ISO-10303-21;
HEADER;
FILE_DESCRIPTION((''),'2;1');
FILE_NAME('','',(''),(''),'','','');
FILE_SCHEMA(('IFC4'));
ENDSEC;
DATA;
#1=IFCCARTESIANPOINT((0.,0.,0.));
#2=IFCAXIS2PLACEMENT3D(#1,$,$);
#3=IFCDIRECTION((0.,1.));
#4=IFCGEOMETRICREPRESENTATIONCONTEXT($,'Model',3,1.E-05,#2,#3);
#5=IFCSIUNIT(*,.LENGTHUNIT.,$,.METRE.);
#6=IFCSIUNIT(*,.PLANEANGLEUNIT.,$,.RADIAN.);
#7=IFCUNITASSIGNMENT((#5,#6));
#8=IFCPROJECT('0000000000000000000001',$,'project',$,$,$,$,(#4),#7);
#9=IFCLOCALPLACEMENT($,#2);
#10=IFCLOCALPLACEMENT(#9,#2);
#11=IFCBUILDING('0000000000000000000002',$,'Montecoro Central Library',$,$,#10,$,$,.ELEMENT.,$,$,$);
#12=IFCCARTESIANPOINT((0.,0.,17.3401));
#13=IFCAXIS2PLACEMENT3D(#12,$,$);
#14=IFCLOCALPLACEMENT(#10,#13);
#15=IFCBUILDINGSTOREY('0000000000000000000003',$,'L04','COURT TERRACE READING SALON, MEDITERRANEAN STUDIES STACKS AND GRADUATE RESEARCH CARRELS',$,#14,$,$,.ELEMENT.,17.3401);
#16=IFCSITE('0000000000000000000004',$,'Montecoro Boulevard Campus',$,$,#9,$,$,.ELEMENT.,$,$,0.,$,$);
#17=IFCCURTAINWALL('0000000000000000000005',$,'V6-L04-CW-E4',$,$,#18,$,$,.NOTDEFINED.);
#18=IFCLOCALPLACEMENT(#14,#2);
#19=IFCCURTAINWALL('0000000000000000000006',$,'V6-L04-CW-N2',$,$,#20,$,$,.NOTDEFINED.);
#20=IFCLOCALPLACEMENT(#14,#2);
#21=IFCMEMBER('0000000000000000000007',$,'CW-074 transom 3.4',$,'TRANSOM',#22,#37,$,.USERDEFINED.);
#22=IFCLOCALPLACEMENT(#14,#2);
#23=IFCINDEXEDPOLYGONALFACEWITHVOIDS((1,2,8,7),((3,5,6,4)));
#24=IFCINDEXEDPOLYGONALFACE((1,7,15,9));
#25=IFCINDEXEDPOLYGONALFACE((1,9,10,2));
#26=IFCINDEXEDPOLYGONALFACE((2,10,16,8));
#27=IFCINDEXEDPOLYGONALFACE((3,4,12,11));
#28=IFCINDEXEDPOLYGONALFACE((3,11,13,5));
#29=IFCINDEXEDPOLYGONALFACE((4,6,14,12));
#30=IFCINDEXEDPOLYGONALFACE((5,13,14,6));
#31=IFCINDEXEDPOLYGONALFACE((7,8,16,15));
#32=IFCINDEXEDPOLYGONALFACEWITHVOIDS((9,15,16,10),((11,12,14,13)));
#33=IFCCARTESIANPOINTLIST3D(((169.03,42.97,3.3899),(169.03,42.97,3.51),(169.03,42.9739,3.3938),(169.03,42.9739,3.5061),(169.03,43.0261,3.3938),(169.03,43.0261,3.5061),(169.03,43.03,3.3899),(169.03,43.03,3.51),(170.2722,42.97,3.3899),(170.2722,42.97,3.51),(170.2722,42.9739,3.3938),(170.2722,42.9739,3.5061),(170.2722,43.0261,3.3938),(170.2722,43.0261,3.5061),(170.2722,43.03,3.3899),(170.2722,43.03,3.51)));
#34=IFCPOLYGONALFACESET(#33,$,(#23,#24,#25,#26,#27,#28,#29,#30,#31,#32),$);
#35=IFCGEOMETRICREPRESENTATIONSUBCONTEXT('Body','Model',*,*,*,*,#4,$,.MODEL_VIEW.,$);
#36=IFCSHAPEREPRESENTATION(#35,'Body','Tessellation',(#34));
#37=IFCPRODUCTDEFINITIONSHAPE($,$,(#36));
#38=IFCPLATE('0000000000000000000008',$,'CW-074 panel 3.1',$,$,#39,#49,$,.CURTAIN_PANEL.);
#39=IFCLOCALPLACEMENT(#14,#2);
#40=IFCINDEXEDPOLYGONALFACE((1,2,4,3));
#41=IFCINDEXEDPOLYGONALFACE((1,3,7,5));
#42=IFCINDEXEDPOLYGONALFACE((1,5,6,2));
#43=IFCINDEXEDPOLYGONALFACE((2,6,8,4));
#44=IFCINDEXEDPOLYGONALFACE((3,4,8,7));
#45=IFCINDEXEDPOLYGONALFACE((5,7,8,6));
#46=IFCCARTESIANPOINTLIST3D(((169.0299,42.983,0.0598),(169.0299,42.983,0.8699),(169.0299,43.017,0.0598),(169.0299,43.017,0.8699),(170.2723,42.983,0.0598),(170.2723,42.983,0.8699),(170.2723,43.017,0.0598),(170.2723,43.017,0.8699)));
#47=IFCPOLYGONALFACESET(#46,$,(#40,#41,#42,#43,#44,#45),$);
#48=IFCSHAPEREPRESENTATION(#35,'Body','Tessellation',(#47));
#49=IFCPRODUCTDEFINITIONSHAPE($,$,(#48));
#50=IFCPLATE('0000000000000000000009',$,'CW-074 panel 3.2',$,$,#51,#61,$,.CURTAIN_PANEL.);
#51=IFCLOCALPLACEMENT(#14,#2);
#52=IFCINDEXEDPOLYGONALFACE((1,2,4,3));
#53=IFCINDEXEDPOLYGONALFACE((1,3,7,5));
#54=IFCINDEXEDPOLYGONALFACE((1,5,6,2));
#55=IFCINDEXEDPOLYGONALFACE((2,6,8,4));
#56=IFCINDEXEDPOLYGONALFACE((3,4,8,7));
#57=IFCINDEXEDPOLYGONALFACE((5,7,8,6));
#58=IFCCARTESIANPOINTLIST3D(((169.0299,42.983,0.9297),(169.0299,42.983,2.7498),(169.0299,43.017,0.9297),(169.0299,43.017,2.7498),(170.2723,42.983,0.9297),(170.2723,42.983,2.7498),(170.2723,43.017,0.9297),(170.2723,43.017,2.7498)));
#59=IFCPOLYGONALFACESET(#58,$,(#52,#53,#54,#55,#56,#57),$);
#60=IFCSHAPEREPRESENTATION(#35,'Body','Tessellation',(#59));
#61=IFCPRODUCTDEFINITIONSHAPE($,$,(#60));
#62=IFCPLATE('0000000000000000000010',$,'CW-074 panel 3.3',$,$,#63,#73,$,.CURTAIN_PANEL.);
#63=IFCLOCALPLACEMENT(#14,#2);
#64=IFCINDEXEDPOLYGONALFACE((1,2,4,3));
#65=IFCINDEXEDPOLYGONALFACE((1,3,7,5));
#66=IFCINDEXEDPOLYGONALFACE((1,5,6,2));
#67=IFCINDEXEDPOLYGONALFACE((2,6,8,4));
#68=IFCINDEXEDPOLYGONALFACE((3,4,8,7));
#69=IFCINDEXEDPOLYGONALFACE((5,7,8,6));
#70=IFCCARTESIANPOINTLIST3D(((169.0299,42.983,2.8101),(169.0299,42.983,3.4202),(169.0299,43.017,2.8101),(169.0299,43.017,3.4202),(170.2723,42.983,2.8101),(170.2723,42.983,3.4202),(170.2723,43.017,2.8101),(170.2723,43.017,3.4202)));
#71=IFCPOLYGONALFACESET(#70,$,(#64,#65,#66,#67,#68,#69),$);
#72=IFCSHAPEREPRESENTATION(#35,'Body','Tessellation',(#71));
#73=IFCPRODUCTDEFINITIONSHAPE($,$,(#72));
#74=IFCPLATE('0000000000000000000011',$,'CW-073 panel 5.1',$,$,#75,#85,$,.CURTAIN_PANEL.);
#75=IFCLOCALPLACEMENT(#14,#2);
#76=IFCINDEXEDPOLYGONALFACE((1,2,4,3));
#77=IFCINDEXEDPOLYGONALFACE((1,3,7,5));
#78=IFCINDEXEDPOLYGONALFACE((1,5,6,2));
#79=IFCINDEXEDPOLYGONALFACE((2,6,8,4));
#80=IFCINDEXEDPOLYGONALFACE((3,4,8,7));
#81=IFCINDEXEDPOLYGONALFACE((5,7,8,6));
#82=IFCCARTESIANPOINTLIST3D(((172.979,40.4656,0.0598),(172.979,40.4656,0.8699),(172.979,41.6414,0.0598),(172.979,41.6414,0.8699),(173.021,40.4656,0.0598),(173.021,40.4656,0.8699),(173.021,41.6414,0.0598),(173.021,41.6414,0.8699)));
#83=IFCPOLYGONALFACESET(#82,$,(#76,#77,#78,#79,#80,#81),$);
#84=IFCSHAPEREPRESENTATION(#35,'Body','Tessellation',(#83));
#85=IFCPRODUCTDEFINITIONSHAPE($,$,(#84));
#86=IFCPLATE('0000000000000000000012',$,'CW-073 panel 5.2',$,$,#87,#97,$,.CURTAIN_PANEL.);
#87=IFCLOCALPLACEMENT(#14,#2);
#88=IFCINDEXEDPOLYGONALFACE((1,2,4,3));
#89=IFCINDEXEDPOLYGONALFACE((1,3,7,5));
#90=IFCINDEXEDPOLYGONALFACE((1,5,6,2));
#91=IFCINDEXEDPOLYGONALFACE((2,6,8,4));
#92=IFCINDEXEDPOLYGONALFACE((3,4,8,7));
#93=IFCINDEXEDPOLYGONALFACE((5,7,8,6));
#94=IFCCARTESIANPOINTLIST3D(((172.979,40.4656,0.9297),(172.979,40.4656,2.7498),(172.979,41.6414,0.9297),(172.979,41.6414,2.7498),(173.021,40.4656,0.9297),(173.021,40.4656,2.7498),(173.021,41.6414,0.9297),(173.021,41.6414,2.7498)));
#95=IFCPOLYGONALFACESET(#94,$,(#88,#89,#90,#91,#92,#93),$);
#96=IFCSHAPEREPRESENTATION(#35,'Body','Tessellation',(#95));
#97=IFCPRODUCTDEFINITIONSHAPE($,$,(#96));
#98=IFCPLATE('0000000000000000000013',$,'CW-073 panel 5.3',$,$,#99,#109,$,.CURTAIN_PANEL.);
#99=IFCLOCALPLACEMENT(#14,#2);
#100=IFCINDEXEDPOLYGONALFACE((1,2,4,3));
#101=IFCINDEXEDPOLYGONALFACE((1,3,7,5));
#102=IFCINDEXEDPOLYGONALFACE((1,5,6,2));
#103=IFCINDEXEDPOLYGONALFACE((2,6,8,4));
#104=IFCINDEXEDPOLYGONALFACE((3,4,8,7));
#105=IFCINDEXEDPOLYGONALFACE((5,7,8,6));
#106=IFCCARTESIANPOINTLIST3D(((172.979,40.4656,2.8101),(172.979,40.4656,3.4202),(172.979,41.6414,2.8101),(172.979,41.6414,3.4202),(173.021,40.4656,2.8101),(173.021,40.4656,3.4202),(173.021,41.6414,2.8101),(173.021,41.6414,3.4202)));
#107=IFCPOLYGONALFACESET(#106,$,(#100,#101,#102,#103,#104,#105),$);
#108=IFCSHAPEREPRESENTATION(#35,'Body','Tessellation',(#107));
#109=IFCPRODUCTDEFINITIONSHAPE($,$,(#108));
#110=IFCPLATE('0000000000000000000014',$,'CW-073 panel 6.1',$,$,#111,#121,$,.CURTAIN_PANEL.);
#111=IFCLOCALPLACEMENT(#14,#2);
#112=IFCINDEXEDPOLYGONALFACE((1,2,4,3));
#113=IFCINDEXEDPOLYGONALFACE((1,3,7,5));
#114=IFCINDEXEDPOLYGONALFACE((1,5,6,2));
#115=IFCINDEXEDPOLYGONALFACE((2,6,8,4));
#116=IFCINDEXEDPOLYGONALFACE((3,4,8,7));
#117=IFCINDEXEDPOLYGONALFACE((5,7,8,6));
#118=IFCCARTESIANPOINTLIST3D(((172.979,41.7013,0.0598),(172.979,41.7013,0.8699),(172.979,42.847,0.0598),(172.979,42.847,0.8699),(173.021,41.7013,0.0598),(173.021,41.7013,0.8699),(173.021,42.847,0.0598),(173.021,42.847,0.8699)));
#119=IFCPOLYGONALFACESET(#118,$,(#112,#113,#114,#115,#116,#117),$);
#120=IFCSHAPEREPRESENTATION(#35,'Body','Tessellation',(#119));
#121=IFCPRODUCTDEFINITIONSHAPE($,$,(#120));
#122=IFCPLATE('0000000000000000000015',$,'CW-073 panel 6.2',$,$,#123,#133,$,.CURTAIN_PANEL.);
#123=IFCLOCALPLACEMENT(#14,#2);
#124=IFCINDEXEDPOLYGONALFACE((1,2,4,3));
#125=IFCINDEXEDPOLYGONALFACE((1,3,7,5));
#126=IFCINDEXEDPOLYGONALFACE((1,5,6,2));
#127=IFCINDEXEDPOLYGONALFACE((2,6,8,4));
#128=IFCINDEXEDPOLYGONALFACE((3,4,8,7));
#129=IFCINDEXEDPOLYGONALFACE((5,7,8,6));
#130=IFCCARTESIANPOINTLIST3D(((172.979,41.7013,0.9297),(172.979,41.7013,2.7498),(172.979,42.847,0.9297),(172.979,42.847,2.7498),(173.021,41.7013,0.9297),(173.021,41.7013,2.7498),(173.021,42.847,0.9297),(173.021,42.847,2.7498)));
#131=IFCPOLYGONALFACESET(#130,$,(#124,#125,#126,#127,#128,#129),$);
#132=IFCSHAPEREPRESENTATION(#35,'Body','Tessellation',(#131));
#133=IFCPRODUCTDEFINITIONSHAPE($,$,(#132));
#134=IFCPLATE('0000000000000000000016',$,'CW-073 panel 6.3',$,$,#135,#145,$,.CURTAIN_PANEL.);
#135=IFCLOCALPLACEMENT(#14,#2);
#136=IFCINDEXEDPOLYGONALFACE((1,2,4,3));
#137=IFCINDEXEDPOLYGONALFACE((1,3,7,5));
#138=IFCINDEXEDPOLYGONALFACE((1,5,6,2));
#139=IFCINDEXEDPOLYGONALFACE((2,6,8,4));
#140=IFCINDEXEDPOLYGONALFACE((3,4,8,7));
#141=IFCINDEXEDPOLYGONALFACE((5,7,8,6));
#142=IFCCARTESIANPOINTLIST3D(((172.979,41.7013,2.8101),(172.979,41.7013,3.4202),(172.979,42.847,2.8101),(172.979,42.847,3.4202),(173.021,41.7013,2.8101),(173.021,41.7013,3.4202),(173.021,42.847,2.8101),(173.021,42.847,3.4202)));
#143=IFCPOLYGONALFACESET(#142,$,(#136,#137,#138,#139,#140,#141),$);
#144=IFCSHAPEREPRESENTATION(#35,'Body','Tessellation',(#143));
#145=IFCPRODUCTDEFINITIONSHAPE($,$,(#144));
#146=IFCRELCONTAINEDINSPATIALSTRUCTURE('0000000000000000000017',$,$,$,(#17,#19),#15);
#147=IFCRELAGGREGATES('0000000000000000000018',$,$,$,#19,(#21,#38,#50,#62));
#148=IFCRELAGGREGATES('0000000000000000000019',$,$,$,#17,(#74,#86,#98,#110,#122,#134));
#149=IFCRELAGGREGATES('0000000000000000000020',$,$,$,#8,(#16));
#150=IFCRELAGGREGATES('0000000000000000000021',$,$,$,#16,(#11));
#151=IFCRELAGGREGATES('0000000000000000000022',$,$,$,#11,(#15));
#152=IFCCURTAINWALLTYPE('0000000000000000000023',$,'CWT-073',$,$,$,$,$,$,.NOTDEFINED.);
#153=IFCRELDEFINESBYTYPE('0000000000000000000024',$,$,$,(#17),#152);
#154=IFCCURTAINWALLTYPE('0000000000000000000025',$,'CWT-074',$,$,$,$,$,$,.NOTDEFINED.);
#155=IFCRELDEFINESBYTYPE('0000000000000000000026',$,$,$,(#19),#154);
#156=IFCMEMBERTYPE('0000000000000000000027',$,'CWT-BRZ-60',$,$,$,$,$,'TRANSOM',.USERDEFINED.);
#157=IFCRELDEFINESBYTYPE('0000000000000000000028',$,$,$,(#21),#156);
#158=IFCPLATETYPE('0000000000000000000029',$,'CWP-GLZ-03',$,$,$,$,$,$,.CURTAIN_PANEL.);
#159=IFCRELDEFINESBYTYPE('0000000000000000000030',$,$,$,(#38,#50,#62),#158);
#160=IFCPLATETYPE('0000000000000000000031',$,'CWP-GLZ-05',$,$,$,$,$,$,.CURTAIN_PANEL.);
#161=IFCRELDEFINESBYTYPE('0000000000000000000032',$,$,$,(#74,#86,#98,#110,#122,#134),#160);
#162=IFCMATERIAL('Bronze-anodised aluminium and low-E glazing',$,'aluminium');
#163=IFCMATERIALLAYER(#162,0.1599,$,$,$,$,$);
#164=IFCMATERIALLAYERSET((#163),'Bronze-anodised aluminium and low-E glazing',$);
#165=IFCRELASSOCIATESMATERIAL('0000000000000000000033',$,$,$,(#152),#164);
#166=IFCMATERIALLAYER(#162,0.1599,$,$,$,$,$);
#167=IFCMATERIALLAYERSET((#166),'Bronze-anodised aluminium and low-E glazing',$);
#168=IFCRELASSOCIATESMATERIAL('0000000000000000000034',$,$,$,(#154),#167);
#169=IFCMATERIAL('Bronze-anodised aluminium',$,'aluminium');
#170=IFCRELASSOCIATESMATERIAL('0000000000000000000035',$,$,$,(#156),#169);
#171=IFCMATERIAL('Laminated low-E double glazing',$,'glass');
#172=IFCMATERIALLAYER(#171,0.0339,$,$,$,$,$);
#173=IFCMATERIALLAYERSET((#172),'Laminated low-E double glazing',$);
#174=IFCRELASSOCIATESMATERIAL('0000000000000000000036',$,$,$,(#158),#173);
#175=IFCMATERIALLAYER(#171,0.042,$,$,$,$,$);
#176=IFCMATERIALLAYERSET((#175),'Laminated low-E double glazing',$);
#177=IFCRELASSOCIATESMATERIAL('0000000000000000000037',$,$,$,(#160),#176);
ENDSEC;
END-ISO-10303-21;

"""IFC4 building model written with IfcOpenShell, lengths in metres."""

from ifc_helpers import new_model, si_unit, direction, frame, origin, origin_2d, place, context, subcontext, project, spatial, rectangle, hollow_rectangle, extrude, material, layer, layer_set, material_profile, profile_set, type_object, element, aggregate, save


model = new_model("IFC4")

# Units and contexts
model_context = context("Model", 3, precision=1e-05, world=origin(), true_north=direction((0.0, 1.0)))
body_context = subcontext(model_context, "Body", "Model", "MODEL_VIEW")
ifc_project = project(units=[si_unit("LENGTHUNIT", "METRE"), si_unit("PLANEANGLEUNIT", "RADIAN")], contexts=[model_context])

# Site, building, storey
site_placement = place(None, origin())
site = spatial("IfcSite", under=ifc_project, at=site_placement, Name="Montecoro Boulevard Campus", CompositionType="ELEMENT", RefElevation=0.0)
building_placement = place(site_placement, origin())
building = spatial("IfcBuilding", under=site, at=building_placement, Name="Montecoro Central Library", CompositionType="ELEMENT")
storey_placement = place(building_placement, frame((0.0, 0.0, 17.3401)))
storey = spatial("IfcBuildingStorey", under=building, at=storey_placement, Name="L04", Description="COURT TERRACE READING SALON, MEDITERRANEAN STUDIES STACKS AND GRADUATE RESEARCH CARRELS", CompositionType="ELEMENT", Elevation=17.3401)

# Curtain walls
ifc_material_1 = material(Name="Bronze-anodised aluminium and low-E glazing", Category="aluminium")
ifc_layer_1 = layer(ifc_material_1, 0.1599)
ifc_layer_set_1 = layer_set([ifc_layer_1], Name="Bronze-anodised aluminium and low-E glazing")
curtain_wall_type_1 = type_object("IfcCurtainWallType", Name="CWT-073", PredefinedType="NOTDEFINED", material=ifc_layer_set_1)
curtain_wall_1_placement = place(storey_placement, origin())
curtain_wall_1 = element("IfcCurtainWall", 1, at=curtain_wall_1_placement, inside=storey, type_object=curtain_wall_type_1, Name="V6-L04-CW-E4", PredefinedType="NOTDEFINED")
ifc_material_2 = material(Name="Bronze-anodised aluminium", Category="aluminium")
ifc_layer_2 = layer(ifc_material_1, 0.1599)
ifc_layer_set_2 = layer_set([ifc_layer_2], Name="Bronze-anodised aluminium and low-E glazing")
curtain_wall_type_2 = type_object("IfcCurtainWallType", Name="CWT-074", PredefinedType="NOTDEFINED", material=ifc_layer_set_2)
curtain_wall_2_placement = place(storey_placement, origin())
curtain_wall_2 = element("IfcCurtainWall", 2, at=curtain_wall_2_placement, inside=storey, type_object=curtain_wall_type_2, Name="V6-L04-CW-N2", PredefinedType="NOTDEFINED")

# Member
ifc_material_profile_1 = material_profile(ifc_material_2, hollow_rectangle(XDim=0.0601, YDim=0.1201, WallThickness=0.0039, at=origin_2d()), Name="CWT 120x60x4.0")
ifc_profile_set_1 = profile_set([ifc_material_profile_1], Name="Bronze-anodised aluminium")
member_type_1 = type_object("IfcMemberType", Name="CWT-BRZ-60", ElementType="TRANSOM", PredefinedType="USERDEFINED", material=ifc_profile_set_1)
member_1_placement = place(storey_placement, frame((170.2722, 43.0, 3.45), z_axis=(-1.0, 0.0, 0.0), x_axis=(0.0, -1.0, 0.0)))
member_1 = element("IfcMember", 3, at=member_1_placement, type_object=member_type_1, Name="CW-074 transom 3.4", ObjectType="TRANSOM", PredefinedType="USERDEFINED", context=body_context, shape_type="SweptSolid", body=[
    extrude(hollow_rectangle(XDim=0.0601, YDim=0.1201, WallThickness=0.0039, at=origin_2d()), origin(), (0.0, 0.0, 1.0), 1.2422),
])

# Plates
ifc_material_3 = material(Name="Laminated low-E double glazing", Category="glass")
ifc_layer_3 = layer(ifc_material_3, 0.0339)
ifc_layer_set_3 = layer_set([ifc_layer_3], Name="Laminated low-E double glazing")
plate_type_1 = type_object("IfcPlateType", Name="CWP-GLZ-03", PredefinedType="CURTAIN_PANEL", material=ifc_layer_set_3)
plate_1_placement = place(storey_placement, frame((169.6511, 43.0, 0.0598), z_axis=(0.0, 0.0, 1.0), x_axis=(-1.0, 0.0, 0.0)))
plate_1 = element("IfcPlate", 4, at=plate_1_placement, type_object=plate_type_1, Name="CW-074 panel 3.1", PredefinedType="CURTAIN_PANEL", context=body_context, shape_type="SweptSolid", body=[
    extrude(rectangle(XDim=1.2424, YDim=0.0339, at=origin_2d()), origin(), (0.0, 0.0, 1.0), 0.8101),
])
plate_2_placement = place(storey_placement, frame((169.6511, 43.0, 0.9297), z_axis=(0.0, 0.0, 1.0), x_axis=(-1.0, 0.0, 0.0)))
plate_2 = element("IfcPlate", 5, at=plate_2_placement, type_object=plate_type_1, Name="CW-074 panel 3.2", PredefinedType="CURTAIN_PANEL", context=body_context, shape_type="SweptSolid", body=[
    extrude(rectangle(XDim=1.2424, YDim=0.0339, at=origin_2d()), origin(), (0.0, 0.0, 1.0), 1.8201),
])
plate_3_placement = place(storey_placement, frame((169.6511, 43.0, 2.8101), z_axis=(0.0, 0.0, 1.0), x_axis=(-1.0, 0.0, 0.0)))
plate_3 = element("IfcPlate", 6, at=plate_3_placement, type_object=plate_type_1, Name="CW-074 panel 3.3", PredefinedType="CURTAIN_PANEL", context=body_context, shape_type="SweptSolid", body=[
    extrude(rectangle(XDim=1.2424, YDim=0.0339, at=origin_2d()), origin(), (0.0, 0.0, 1.0), 0.6101),
])
aggregate(curtain_wall_2, [member_1, plate_1, plate_2, plate_3])
ifc_layer_4 = layer(ifc_material_3, 0.042)
ifc_layer_set_4 = layer_set([ifc_layer_4], Name="Laminated low-E double glazing")
plate_type_2 = type_object("IfcPlateType", Name="CWP-GLZ-05", PredefinedType="CURTAIN_PANEL", material=ifc_layer_set_4)
plate_4_placement = place(storey_placement, frame((173.0, 41.0535, 0.0598), z_axis=(0.0, 0.0, 1.0), x_axis=(0.0, 1.0, 0.0)))
plate_4 = element("IfcPlate", 7, at=plate_4_placement, type_object=plate_type_2, Name="CW-073 panel 5.1", PredefinedType="CURTAIN_PANEL", context=body_context, shape_type="SweptSolid", body=[
    extrude(rectangle(XDim=1.1758, YDim=0.042, at=origin_2d()), origin(), (0.0, 0.0, 1.0), 0.8101),
])
plate_5_placement = place(storey_placement, frame((173.0, 41.0535, 0.9297), z_axis=(0.0, 0.0, 1.0), x_axis=(0.0, 1.0, 0.0)))
plate_5 = element("IfcPlate", 8, at=plate_5_placement, type_object=plate_type_2, Name="CW-073 panel 5.2", PredefinedType="CURTAIN_PANEL", context=body_context, shape_type="SweptSolid", body=[
    extrude(rectangle(XDim=1.1758, YDim=0.042, at=origin_2d()), origin(), (0.0, 0.0, 1.0), 1.8201),
])
plate_6_placement = place(storey_placement, frame((173.0, 41.0535, 2.8101), z_axis=(0.0, 0.0, 1.0), x_axis=(0.0, 1.0, 0.0)))
plate_6 = element("IfcPlate", 9, at=plate_6_placement, type_object=plate_type_2, Name="CW-073 panel 5.3", PredefinedType="CURTAIN_PANEL", context=body_context, shape_type="SweptSolid", body=[
    extrude(rectangle(XDim=1.1758, YDim=0.042, at=origin_2d()), origin(), (0.0, 0.0, 1.0), 0.6101),
])
plate_7_placement = place(storey_placement, frame((173.0, 42.2742, 0.0598), z_axis=(0.0, 0.0, 1.0), x_axis=(0.0, 1.0, 0.0)))
plate_7 = element("IfcPlate", 10, at=plate_7_placement, type_object=plate_type_2, Name="CW-073 panel 6.1", PredefinedType="CURTAIN_PANEL", context=body_context, shape_type="SweptSolid", body=[
    extrude(rectangle(XDim=1.1458, YDim=0.042, at=origin_2d()), origin(), (0.0, 0.0, 1.0), 0.8101),
])
plate_8_placement = place(storey_placement, frame((173.0, 42.2742, 0.9297), z_axis=(0.0, 0.0, 1.0), x_axis=(0.0, 1.0, 0.0)))
plate_8 = element("IfcPlate", 11, at=plate_8_placement, type_object=plate_type_2, Name="CW-073 panel 6.2", PredefinedType="CURTAIN_PANEL", context=body_context, shape_type="SweptSolid", body=[
    extrude(rectangle(XDim=1.1458, YDim=0.042, at=origin_2d()), origin(), (0.0, 0.0, 1.0), 1.8201),
])
plate_9_placement = place(storey_placement, frame((173.0, 42.2742, 2.8101), z_axis=(0.0, 0.0, 1.0), x_axis=(0.0, 1.0, 0.0)))
plate_9 = element("IfcPlate", 12, at=plate_9_placement, type_object=plate_type_2, Name="CW-073 panel 6.3", PredefinedType="CURTAIN_PANEL", context=body_context, shape_type="SweptSolid", body=[
    extrude(rectangle(XDim=1.1458, YDim=0.042, at=origin_2d()), origin(), (0.0, 0.0, 1.0), 0.6101),
])
aggregate(curtain_wall_1, [plate_4, plate_5, plate_6, plate_7, plate_8, plate_9])

save(model, "model.ifc")
